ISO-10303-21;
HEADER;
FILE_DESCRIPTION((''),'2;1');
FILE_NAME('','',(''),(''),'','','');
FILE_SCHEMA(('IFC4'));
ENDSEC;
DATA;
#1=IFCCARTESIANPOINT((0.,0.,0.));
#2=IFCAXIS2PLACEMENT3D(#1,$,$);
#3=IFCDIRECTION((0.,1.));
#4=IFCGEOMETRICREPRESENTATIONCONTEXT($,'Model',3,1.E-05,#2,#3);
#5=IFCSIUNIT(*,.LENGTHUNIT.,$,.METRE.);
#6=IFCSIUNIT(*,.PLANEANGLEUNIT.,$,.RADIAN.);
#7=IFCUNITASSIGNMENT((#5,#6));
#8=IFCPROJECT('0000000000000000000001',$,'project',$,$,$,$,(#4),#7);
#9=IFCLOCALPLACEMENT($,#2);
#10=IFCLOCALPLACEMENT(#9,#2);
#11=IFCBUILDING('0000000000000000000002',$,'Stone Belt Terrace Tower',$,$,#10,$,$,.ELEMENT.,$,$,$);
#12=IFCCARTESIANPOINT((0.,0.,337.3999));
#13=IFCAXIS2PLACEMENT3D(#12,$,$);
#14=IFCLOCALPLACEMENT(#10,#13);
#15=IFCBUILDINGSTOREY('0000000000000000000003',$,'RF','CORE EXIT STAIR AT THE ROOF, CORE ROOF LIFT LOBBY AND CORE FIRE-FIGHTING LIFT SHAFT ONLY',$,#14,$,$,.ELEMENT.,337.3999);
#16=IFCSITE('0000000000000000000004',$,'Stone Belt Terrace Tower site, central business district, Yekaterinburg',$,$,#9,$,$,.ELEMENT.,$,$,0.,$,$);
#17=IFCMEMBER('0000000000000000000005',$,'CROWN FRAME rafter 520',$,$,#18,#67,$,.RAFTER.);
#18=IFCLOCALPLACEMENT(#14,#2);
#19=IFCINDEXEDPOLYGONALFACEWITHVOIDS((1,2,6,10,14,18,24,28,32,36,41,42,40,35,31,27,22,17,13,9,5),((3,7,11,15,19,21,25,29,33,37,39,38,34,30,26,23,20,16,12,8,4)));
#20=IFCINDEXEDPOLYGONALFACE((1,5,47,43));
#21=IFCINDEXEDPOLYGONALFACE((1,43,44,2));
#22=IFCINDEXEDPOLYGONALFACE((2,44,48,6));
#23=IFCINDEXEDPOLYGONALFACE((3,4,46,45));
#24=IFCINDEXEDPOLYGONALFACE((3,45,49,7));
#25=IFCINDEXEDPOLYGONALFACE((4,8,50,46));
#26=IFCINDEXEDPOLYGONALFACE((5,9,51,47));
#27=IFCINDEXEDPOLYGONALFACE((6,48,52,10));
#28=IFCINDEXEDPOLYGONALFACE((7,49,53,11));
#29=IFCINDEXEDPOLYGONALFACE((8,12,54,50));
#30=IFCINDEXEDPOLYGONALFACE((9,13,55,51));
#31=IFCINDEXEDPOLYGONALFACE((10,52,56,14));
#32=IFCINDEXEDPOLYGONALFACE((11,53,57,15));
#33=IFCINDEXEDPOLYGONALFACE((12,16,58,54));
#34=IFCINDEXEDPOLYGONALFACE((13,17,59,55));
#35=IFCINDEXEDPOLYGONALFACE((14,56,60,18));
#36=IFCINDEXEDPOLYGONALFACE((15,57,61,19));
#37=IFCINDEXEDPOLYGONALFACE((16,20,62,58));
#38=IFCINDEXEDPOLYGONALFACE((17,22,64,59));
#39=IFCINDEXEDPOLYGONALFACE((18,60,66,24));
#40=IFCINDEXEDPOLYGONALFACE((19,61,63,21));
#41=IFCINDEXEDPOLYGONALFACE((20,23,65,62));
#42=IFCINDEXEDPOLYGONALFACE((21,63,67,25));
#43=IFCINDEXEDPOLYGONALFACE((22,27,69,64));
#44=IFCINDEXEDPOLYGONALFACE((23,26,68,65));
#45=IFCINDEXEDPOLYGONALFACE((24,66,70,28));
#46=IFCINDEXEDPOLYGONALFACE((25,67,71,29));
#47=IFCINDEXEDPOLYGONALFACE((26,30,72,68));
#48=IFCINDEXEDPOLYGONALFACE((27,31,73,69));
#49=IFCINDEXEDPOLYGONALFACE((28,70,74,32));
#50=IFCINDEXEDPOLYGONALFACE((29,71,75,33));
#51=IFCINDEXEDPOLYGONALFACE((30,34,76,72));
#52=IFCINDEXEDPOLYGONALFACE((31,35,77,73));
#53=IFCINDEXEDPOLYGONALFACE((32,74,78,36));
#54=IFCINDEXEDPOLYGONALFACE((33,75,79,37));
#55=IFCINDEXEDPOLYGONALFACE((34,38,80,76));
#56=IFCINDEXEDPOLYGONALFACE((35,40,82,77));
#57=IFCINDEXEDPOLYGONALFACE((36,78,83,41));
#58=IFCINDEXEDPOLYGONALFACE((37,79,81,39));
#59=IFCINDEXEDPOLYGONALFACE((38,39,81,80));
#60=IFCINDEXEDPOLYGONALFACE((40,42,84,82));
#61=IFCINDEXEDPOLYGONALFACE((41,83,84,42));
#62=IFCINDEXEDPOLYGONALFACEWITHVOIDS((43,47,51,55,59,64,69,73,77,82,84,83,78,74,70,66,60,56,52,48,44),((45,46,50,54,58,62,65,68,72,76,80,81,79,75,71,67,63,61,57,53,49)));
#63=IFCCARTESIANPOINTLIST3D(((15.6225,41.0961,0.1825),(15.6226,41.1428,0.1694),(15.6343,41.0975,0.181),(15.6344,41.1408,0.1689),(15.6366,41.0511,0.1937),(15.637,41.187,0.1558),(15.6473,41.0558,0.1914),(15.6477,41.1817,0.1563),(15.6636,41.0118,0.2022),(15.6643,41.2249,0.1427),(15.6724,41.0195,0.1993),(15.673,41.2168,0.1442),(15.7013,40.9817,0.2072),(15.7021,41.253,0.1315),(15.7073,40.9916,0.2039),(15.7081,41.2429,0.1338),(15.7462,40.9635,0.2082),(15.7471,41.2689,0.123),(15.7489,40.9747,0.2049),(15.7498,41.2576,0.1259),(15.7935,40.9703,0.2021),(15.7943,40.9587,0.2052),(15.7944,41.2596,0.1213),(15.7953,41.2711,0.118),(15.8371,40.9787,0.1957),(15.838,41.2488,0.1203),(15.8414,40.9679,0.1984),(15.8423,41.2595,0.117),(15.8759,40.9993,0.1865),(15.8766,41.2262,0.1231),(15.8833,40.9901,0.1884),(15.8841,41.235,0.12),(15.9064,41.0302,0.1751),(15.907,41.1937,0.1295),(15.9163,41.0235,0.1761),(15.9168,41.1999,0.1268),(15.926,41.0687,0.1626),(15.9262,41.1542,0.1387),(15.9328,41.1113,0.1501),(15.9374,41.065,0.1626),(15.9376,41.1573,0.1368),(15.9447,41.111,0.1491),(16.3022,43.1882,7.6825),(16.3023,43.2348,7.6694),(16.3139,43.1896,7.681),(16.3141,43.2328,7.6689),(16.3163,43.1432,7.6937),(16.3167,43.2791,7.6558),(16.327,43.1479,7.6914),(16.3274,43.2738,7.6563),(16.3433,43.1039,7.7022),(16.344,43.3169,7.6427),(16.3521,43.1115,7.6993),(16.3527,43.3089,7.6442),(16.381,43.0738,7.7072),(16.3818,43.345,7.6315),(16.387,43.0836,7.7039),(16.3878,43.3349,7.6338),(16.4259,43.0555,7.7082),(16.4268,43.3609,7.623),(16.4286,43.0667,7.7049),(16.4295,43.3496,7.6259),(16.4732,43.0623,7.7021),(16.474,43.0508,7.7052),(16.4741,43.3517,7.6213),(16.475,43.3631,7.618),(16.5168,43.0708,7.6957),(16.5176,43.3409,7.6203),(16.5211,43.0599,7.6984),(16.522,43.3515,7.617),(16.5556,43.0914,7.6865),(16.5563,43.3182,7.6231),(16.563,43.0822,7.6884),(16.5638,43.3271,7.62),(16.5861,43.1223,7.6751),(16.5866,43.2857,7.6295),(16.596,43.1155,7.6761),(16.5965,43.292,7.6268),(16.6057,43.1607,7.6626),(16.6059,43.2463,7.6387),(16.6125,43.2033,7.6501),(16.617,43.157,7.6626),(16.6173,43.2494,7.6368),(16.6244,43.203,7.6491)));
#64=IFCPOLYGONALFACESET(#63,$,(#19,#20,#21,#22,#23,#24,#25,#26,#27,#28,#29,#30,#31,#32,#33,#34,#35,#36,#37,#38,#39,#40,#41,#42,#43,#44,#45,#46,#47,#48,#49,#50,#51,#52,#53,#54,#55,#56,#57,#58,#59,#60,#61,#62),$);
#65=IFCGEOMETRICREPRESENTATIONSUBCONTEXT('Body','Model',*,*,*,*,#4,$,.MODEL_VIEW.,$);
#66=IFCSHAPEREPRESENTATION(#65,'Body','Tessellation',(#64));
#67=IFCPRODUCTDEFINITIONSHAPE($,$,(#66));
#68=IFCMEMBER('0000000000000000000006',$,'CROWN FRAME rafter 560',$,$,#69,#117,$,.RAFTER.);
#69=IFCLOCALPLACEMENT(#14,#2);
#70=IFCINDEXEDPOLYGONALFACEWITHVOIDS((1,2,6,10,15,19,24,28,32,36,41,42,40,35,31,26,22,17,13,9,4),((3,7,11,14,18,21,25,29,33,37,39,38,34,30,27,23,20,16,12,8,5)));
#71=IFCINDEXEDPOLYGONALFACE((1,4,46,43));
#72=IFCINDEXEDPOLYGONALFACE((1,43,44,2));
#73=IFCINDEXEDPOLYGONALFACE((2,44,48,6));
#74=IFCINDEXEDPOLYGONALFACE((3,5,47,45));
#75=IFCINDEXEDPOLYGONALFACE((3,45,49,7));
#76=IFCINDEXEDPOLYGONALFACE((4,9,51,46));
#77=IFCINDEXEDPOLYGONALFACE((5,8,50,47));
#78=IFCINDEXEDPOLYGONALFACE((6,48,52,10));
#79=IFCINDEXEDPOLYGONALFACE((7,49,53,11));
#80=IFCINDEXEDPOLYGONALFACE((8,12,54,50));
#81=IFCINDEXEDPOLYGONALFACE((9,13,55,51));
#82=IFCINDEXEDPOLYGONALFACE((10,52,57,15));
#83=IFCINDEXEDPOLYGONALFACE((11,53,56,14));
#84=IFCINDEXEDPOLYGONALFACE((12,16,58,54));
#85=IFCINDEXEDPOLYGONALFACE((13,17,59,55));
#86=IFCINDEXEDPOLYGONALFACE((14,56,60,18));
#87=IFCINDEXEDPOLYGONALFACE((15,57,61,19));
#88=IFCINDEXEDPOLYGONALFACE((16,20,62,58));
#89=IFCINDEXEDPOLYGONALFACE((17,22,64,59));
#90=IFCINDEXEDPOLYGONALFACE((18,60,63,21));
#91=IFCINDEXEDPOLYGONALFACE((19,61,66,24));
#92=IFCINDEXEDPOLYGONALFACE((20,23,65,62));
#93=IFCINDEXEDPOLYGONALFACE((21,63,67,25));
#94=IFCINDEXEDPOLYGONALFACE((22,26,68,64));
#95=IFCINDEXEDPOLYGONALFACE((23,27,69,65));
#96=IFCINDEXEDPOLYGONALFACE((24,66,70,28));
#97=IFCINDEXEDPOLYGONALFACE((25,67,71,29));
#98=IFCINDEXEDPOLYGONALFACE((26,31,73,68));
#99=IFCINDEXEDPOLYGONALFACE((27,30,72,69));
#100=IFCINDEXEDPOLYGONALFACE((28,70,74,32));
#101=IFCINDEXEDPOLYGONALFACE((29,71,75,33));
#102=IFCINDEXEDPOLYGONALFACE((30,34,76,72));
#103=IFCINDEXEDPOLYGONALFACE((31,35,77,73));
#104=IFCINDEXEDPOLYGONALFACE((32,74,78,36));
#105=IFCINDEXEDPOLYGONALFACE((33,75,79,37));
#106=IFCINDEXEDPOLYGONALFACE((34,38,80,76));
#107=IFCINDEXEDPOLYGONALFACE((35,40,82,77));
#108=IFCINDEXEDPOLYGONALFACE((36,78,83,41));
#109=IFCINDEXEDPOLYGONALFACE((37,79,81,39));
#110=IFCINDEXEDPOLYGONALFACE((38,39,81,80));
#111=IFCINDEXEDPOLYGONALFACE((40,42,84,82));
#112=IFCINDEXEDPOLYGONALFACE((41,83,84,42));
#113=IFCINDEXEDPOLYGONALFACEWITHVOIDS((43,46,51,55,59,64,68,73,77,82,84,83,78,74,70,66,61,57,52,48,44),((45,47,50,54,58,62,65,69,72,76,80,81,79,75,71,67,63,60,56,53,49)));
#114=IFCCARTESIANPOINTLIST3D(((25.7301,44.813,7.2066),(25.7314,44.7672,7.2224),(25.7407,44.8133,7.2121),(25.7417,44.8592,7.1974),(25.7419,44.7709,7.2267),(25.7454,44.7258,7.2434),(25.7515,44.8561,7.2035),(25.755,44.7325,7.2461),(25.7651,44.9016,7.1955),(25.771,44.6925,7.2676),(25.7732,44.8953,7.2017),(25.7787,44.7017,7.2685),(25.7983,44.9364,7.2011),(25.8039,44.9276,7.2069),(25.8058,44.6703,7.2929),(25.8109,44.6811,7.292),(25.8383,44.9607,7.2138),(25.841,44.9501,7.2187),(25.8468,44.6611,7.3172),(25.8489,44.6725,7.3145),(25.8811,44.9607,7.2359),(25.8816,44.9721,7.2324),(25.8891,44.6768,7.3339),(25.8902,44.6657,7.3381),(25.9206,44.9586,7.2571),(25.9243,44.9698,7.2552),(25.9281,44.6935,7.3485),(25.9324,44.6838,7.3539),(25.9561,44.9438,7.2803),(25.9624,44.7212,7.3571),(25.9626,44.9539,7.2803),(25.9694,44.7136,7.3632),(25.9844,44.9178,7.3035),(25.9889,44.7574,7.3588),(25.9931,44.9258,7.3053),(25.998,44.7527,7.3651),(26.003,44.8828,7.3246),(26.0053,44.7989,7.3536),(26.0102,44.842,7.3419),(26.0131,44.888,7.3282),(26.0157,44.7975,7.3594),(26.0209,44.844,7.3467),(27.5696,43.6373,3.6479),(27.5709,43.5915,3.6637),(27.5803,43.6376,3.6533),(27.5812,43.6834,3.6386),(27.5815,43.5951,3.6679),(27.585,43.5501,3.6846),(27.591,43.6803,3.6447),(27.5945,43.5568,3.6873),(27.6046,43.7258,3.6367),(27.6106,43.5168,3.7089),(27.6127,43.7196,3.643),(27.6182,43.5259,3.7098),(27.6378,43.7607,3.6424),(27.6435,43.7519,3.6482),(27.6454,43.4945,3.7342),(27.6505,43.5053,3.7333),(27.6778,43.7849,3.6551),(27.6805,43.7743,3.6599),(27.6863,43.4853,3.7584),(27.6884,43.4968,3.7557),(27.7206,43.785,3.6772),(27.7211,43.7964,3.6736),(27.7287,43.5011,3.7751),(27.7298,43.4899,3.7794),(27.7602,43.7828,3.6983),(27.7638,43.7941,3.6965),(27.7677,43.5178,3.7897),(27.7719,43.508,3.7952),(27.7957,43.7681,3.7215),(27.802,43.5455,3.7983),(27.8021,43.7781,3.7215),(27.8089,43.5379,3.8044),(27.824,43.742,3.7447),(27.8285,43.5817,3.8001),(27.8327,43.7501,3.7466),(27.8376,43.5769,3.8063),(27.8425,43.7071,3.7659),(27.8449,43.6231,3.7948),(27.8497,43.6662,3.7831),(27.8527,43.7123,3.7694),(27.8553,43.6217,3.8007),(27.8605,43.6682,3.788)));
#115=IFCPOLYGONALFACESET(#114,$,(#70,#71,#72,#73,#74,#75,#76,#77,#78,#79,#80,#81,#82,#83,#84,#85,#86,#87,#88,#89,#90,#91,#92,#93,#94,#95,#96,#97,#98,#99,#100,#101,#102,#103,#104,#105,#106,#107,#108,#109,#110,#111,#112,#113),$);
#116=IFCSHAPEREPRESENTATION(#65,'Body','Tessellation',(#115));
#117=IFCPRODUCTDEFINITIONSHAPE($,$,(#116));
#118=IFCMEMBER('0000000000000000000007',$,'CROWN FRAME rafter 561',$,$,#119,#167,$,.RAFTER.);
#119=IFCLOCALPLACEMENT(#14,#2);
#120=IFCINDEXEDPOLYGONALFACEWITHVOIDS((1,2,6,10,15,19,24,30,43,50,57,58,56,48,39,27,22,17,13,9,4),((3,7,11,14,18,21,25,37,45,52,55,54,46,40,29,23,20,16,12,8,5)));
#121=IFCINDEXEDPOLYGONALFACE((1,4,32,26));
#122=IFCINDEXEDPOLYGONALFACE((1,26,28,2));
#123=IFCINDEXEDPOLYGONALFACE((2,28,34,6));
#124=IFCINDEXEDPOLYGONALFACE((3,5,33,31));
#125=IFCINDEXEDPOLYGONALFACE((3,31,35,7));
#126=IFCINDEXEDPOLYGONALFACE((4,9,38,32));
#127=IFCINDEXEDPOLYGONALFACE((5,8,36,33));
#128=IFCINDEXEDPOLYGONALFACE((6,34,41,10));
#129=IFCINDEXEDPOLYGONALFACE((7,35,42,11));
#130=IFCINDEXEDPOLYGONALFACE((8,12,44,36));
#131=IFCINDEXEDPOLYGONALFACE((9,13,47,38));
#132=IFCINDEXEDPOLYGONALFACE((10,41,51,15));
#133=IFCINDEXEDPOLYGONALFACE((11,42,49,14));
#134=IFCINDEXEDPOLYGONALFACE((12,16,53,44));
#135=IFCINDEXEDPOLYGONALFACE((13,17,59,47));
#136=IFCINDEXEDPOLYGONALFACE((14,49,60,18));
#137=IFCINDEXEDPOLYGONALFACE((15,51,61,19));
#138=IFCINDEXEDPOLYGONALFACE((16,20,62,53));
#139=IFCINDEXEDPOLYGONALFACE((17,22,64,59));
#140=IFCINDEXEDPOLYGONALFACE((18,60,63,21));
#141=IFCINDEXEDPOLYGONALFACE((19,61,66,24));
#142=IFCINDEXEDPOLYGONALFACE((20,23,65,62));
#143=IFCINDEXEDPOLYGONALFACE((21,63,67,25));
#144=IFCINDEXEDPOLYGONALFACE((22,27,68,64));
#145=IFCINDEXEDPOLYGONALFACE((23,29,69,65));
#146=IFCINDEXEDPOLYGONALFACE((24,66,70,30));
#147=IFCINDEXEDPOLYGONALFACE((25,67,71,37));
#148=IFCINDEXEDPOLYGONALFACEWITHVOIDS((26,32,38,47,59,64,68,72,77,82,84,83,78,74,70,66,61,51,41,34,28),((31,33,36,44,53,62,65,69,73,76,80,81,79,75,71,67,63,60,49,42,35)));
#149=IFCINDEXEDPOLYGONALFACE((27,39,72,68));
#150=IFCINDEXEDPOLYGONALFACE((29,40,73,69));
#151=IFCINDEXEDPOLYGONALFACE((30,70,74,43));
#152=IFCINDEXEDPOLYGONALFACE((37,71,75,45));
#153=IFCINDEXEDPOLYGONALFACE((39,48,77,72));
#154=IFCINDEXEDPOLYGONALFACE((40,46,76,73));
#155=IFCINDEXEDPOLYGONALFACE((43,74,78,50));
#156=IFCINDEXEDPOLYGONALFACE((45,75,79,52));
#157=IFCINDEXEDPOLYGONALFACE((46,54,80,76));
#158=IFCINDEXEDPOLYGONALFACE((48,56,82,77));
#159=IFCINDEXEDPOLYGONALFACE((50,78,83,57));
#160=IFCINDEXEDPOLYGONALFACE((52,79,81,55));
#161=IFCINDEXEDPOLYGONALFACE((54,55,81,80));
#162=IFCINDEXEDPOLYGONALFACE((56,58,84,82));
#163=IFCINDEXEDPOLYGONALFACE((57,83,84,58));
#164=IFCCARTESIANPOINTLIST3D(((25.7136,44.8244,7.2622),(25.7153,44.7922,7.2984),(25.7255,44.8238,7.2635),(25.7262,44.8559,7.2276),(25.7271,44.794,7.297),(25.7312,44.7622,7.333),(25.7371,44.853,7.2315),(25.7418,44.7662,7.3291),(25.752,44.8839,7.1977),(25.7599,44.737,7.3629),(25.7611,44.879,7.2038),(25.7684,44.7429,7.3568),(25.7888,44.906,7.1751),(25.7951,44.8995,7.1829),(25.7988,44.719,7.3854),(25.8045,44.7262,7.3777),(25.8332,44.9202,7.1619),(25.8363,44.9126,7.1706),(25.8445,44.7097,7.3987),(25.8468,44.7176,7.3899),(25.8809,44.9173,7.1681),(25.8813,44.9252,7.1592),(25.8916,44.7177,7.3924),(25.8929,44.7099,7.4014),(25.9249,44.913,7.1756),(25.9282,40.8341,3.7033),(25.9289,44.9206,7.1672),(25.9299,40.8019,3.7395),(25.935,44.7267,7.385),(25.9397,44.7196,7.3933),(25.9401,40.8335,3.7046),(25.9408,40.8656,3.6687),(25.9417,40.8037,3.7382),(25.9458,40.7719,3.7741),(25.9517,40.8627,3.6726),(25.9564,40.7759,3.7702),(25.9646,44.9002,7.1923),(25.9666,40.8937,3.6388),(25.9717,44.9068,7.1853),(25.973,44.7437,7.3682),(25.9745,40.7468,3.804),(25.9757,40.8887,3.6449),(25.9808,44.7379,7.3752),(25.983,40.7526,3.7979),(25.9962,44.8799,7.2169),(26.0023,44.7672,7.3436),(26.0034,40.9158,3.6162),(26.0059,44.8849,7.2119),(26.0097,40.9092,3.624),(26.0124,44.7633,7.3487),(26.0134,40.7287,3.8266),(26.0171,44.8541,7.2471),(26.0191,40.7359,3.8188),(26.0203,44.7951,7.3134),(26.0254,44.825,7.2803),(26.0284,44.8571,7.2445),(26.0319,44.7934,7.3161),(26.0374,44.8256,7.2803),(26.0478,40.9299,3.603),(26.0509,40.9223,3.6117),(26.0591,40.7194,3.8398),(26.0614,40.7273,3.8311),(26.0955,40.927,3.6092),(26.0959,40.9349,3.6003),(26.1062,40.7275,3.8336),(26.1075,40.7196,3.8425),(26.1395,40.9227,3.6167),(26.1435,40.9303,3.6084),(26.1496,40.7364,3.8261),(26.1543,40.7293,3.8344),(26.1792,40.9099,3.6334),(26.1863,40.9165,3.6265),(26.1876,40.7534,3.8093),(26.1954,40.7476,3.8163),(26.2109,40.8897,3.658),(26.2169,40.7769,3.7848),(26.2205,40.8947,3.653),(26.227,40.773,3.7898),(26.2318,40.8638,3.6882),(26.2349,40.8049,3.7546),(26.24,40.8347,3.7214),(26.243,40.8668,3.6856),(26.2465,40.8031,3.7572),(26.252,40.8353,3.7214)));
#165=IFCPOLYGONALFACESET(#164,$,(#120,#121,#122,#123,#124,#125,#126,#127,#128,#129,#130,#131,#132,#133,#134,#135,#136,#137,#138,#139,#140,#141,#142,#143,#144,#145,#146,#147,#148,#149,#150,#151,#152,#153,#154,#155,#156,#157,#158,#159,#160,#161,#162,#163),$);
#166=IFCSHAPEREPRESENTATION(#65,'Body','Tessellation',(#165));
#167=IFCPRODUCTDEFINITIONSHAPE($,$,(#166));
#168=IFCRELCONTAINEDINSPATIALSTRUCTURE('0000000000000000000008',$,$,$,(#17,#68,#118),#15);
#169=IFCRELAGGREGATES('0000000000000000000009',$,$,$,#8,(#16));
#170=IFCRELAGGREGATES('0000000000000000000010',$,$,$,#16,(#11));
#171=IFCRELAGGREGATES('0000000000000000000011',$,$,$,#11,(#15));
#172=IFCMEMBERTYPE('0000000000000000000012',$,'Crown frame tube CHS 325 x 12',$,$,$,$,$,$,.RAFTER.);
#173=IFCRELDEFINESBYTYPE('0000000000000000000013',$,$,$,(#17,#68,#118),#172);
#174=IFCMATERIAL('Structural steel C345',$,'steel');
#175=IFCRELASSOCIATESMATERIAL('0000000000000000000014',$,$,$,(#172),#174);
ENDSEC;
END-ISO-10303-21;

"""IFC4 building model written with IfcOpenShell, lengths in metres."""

from ifc_helpers import new_model, si_unit, direction, frame, origin, origin_2d, place, context, subcontext, project, spatial, hollow_circle, extrude, material, material_profile, profile_set, type_object, element, save


model = new_model("IFC4")

# Units and contexts
model_context = context("Model", 3, precision=1e-05, world=origin(), true_north=direction((0.0, 1.0)))
body_context = subcontext(model_context, "Body", "Model", "MODEL_VIEW")
ifc_project = project(units=[si_unit("LENGTHUNIT", "METRE"), si_unit("PLANEANGLEUNIT", "RADIAN")], contexts=[model_context])

# Site, building, storey
site_placement = place(None, origin())
site = spatial("IfcSite", under=ifc_project, at=site_placement, Name="Stone Belt Terrace Tower site, central business district, Yekaterinburg", CompositionType="ELEMENT", RefElevation=0.0)
building_placement = place(site_placement, origin())
building = spatial("IfcBuilding", under=site, at=building_placement, Name="Stone Belt Terrace Tower", CompositionType="ELEMENT")
storey_placement = place(building_placement, frame((0.0, 0.0, 337.3999)))
storey = spatial("IfcBuildingStorey", under=building, at=storey_placement, Name="RF", Description="CORE EXIT STAIR AT THE ROOF, CORE ROOF LIFT LOBBY AND CORE FIRE-FIGHTING LIFT SHAFT ONLY", CompositionType="ELEMENT", Elevation=337.3999)

# Members
ifc_material_1 = material(Name="Structural steel C345", Category="steel")
ifc_material_profile_1 = material_profile(ifc_material_1, hollow_circle(Radius=0.1626, WallThickness=0.012, at=origin_2d()), Name="Structural steel C345 CHS 325x12")
ifc_profile_set_1 = profile_set([ifc_material_profile_1], Name="Structural steel C345")
member_type_1 = type_object("IfcMemberType", Name="Crown frame tube CHS 325 x 12", PredefinedType="RAFTER", material=ifc_profile_set_1)
member_1_placement = place(storey_placement, frame((16.4624, 43.2073, 7.6626), z_axis=(-0.086962, -0.267664, -0.95958), x_axis=(0.951064, -0.308993, 0.0)))
element("IfcMember", 1, at=member_1_placement, inside=storey, type_object=member_type_1, Name="CROWN FRAME rafter 520", PredefinedType="RAFTER", context=body_context, shape_type="SweptSolid", body=[
    extrude(hollow_circle(Radius=0.1626, WallThickness=0.012, at=origin_2d()), origin(), (0.0, 0.0, 1.0), 7.8159),
])
member_2_placement = place(storey_placement, frame((25.875, 44.8169, 7.2803), z_axis=(0.440606, -0.281614, -0.852385), x_axis=(0.538546, 0.842596, 0.0)))
element("IfcMember", 2, at=member_2_placement, inside=storey, type_object=member_type_1, Name="CROWN FRAME rafter 560", PredefinedType="RAFTER", context=body_context, shape_type="SweptSolid", body=[
    extrude(hollow_circle(Radius=0.1626, WallThickness=0.012, at=origin_2d()), origin(), (0.0, 0.0, 1.0), 4.175),
])
member_3_placement = place(storey_placement, frame((25.875, 44.8169, 7.2803), z_axis=(0.040104, -0.745697, -0.665077), x_axis=(0.998557, 0.053704, 0.0)))
element("IfcMember", 3, at=member_3_placement, inside=storey, type_object=member_type_1, Name="CROWN FRAME rafter 561", PredefinedType="RAFTER", context=body_context, shape_type="SweptSolid", body=[
    extrude(hollow_circle(Radius=0.1626, WallThickness=0.012, at=origin_2d()), origin(), (0.0, 0.0, 1.0), 5.3511),
])

save(model, "model.ifc")
